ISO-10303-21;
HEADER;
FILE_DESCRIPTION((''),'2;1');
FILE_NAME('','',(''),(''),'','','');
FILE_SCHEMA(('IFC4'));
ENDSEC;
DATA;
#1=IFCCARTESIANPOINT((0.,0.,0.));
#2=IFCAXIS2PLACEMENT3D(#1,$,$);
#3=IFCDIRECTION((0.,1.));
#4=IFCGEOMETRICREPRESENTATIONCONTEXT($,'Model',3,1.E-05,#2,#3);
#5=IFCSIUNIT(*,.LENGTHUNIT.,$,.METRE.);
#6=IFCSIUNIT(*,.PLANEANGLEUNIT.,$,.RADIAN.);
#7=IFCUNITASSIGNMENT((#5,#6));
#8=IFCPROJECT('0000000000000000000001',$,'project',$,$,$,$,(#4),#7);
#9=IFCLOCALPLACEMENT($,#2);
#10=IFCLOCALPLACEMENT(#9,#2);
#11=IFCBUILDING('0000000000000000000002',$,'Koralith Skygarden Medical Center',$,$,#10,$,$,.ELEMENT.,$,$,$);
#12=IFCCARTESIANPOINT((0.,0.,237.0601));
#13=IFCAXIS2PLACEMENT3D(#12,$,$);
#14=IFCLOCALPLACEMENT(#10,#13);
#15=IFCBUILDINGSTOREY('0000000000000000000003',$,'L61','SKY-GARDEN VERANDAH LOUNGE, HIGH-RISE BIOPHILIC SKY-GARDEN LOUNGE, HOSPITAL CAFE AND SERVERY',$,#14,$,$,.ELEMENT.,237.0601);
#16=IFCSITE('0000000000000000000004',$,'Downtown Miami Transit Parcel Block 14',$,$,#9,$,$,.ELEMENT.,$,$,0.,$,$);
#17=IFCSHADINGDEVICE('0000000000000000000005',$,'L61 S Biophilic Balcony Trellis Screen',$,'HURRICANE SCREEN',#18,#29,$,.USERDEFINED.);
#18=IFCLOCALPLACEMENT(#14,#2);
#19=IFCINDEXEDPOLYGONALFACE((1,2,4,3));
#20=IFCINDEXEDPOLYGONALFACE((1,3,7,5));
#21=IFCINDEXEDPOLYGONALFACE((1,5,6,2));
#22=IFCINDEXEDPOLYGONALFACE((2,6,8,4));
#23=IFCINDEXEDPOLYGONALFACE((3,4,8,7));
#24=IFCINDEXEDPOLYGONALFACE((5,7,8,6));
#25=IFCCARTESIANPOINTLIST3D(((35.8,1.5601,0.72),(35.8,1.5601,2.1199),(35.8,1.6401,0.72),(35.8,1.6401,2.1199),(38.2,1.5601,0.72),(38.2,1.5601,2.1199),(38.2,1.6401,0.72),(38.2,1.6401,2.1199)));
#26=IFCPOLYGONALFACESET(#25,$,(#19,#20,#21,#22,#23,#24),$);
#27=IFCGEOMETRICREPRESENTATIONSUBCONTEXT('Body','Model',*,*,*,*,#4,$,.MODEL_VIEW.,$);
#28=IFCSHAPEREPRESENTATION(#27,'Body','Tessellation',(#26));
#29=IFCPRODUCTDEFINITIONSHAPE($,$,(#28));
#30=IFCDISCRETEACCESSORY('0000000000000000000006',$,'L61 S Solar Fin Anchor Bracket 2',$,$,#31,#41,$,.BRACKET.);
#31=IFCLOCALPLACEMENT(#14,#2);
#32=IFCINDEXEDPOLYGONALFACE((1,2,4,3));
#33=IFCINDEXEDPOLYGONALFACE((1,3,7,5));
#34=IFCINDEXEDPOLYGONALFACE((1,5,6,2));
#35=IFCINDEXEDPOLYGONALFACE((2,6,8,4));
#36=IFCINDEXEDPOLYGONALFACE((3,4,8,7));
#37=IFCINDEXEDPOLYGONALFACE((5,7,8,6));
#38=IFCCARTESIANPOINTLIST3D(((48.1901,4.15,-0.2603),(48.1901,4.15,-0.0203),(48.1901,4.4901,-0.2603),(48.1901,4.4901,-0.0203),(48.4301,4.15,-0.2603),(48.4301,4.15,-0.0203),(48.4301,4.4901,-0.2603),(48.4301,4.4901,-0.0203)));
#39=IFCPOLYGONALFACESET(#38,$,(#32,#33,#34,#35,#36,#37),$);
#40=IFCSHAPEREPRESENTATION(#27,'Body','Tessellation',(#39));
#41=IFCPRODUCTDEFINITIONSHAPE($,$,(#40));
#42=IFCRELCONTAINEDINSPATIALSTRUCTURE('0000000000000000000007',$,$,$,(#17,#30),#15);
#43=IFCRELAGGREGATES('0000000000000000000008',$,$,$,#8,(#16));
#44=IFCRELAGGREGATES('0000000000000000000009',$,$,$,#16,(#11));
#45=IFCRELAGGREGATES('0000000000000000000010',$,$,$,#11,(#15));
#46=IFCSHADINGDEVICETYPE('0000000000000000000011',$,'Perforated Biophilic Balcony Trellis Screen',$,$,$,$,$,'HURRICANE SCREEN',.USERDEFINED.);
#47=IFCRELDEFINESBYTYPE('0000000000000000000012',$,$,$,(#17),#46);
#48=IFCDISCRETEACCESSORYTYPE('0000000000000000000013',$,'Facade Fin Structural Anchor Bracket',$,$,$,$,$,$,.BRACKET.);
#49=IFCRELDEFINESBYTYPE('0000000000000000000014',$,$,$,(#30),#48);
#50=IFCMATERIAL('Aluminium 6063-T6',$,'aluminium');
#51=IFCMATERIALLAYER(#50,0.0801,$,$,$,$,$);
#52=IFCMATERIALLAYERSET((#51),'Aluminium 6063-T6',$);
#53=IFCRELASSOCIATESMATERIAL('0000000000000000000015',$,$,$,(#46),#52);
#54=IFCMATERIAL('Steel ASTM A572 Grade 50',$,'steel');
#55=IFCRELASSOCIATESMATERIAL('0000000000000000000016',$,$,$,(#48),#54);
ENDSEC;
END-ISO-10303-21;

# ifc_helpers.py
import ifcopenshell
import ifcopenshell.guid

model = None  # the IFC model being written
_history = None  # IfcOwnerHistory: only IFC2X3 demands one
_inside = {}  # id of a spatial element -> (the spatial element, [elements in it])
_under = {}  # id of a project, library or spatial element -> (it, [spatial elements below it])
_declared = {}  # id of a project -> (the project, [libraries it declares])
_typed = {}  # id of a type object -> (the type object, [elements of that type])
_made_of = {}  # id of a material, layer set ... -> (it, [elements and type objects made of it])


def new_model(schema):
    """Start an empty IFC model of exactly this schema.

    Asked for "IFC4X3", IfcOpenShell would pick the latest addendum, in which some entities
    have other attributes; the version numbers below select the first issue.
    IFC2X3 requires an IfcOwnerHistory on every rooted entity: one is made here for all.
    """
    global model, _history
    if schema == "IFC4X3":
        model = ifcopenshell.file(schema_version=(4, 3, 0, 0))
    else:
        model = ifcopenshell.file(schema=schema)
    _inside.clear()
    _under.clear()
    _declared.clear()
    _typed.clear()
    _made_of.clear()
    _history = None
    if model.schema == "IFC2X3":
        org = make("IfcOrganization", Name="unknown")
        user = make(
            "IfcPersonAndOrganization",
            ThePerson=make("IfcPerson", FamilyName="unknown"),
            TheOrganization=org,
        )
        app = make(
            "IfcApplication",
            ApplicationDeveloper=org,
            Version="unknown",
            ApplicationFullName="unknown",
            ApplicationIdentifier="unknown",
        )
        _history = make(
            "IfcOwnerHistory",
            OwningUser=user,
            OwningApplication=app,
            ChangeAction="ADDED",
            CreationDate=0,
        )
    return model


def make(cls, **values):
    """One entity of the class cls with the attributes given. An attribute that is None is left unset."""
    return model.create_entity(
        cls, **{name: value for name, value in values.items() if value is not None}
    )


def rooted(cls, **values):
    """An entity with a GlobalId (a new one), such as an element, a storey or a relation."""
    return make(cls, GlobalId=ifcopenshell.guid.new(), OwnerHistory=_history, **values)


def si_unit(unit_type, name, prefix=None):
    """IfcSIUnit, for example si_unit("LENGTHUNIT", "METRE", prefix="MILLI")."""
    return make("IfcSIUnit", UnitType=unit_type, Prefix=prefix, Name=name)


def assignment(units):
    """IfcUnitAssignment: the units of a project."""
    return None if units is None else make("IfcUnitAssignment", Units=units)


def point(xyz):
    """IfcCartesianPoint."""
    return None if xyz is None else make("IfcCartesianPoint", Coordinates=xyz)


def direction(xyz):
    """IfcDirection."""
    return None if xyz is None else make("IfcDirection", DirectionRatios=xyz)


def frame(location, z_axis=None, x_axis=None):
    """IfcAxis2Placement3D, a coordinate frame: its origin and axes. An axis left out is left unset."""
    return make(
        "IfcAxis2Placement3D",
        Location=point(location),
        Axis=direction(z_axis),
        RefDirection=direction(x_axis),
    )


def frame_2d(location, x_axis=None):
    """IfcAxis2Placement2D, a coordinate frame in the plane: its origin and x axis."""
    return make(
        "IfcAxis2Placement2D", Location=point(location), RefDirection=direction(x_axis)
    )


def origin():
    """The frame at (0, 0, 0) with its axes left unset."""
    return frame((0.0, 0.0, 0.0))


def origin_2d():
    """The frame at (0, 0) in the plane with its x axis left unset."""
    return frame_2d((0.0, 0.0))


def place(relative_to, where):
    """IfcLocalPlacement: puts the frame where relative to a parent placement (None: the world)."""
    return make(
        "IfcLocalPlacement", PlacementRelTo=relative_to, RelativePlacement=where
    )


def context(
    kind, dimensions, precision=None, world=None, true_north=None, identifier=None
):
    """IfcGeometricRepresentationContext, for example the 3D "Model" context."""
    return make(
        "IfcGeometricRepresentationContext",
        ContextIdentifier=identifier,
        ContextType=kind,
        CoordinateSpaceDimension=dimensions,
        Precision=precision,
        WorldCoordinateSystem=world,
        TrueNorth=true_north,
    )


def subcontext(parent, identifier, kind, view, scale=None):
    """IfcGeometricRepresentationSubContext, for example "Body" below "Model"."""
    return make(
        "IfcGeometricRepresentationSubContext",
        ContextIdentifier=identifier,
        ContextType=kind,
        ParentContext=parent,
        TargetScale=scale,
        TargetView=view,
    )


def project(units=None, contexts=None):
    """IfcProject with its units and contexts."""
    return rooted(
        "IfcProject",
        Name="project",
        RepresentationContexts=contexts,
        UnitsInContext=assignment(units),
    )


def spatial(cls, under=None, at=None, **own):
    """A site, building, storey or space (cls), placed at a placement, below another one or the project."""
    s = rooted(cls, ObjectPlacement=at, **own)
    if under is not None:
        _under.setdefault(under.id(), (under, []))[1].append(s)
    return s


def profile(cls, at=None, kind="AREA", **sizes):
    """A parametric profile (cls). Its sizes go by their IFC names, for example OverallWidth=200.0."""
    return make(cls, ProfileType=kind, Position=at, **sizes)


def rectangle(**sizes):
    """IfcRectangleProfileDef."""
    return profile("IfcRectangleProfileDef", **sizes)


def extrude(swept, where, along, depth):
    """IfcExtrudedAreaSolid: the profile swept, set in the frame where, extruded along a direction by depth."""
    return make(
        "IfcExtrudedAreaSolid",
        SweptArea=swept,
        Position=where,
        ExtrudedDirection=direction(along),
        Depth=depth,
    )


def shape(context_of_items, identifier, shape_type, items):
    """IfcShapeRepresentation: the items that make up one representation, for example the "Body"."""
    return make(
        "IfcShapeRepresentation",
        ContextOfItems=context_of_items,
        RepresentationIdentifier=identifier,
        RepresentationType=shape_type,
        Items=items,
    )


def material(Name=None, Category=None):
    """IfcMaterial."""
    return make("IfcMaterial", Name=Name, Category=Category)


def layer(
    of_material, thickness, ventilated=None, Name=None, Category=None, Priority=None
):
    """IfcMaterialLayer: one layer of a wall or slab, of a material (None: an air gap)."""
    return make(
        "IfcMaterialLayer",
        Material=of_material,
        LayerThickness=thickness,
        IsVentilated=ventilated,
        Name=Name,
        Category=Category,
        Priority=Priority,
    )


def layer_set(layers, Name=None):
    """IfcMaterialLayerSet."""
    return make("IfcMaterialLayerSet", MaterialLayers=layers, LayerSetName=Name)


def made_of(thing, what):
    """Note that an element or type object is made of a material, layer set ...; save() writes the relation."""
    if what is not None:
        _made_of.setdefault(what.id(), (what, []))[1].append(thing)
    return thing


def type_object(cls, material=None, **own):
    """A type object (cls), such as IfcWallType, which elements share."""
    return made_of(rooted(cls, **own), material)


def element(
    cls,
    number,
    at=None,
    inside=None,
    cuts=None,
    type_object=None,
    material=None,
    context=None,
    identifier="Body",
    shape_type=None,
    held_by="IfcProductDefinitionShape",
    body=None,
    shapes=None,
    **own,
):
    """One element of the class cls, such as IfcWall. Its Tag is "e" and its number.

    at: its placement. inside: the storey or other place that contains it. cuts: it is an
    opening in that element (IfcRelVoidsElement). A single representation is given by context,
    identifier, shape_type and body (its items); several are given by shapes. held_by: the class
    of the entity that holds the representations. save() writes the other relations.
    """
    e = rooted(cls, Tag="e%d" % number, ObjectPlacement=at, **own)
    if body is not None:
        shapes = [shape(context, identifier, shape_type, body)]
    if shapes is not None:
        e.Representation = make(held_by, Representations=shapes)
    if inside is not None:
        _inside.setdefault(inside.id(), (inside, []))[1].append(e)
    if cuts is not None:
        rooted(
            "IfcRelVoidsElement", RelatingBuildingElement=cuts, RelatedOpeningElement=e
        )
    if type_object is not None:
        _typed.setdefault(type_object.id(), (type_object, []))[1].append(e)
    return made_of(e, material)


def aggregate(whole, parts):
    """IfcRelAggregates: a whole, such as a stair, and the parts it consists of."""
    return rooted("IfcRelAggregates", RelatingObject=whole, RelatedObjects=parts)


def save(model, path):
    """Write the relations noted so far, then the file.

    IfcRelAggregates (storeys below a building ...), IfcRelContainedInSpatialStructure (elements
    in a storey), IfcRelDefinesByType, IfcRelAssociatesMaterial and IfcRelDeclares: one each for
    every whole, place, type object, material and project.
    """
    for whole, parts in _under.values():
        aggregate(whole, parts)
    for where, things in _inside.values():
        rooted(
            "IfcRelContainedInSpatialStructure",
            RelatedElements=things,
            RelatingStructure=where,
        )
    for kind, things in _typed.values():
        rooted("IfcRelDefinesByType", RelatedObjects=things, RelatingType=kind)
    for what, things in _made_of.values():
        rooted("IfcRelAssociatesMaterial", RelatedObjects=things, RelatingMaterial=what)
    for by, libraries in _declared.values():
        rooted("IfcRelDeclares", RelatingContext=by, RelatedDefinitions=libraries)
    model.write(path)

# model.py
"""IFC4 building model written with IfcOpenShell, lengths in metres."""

from ifc_helpers import new_model, si_unit, direction, frame, origin, origin_2d, place, context, subcontext, project, spatial, rectangle, extrude, material, layer, layer_set, type_object, element, save


model = new_model("IFC4")

# Units and contexts
model_context = context("Model", 3, precision=1e-05, world=origin(), true_north=direction((0.0, 1.0)))
body_context = subcontext(model_context, "Body", "Model", "MODEL_VIEW")
ifc_project = project(units=[si_unit("LENGTHUNIT", "METRE"), si_unit("PLANEANGLEUNIT", "RADIAN")], contexts=[model_context])

# Site, building, storey
site_placement = place(None, origin())
site = spatial("IfcSite", under=ifc_project, at=site_placement, Name="Downtown Miami Transit Parcel Block 14", CompositionType="ELEMENT", RefElevation=0.0)
building_placement = place(site_placement, origin())
building = spatial("IfcBuilding", under=site, at=building_placement, Name="Koralith Skygarden Medical Center", CompositionType="ELEMENT")
storey_placement = place(building_placement, frame((0.0, 0.0, 237.0601)))
storey = spatial("IfcBuildingStorey", under=building, at=storey_placement, Name="L61", Description="SKY-GARDEN VERANDAH LOUNGE, HIGH-RISE BIOPHILIC SKY-GARDEN LOUNGE, HOSPITAL CAFE AND SERVERY", CompositionType="ELEMENT", Elevation=237.0601)

# Shared definitions
ifc_material_1 = material(Name="Aluminium 6063-T6", Category="aluminium")

# Shading device
ifc_layer_1 = layer(ifc_material_1, 0.0801)
ifc_layer_set_1 = layer_set([ifc_layer_1], Name="Aluminium 6063-T6")
shading_device_type_1 = type_object("IfcShadingDeviceType", Name="Perforated Biophilic Balcony Trellis Screen", ElementType="HURRICANE SCREEN", PredefinedType="USERDEFINED", material=ifc_layer_set_1)
shading_device_1_placement = place(storey_placement, frame((37.0, 1.6001, 0.72), z_axis=(0.0, 0.0, 1.0), x_axis=(1.0, 0.0, 0.0)))
element("IfcShadingDevice", 1, at=shading_device_1_placement, inside=storey, type_object=shading_device_type_1, Name="L61 S Biophilic Balcony Trellis Screen", ObjectType="HURRICANE SCREEN", PredefinedType="USERDEFINED", context=body_context, shape_type="SweptSolid", body=[
    extrude(rectangle(XDim=2.3999, YDim=0.0801, at=origin_2d()), origin(), (0.0, 0.0, 1.0), 1.3999),
])

# Discrete accessory
ifc_material_2 = material(Name="Steel ASTM A572 Grade 50", Category="steel")
discrete_accessory_type = type_object("IfcDiscreteAccessoryType", Name="Facade Fin Structural Anchor Bracket", PredefinedType="BRACKET", material=ifc_material_2)
discrete_accessory_placement = place(storey_placement, frame((48.3101, 4.3201, -0.2603), z_axis=(0.0, 0.0, 1.0), x_axis=(0.0, -1.0, 0.0)))
element("IfcDiscreteAccessory", 2, at=discrete_accessory_placement, inside=storey, type_object=discrete_accessory_type, Name="L61 S Solar Fin Anchor Bracket 2", PredefinedType="BRACKET", context=body_context, shape_type="SweptSolid", body=[
    extrude(rectangle(XDim=0.3401, YDim=0.24, at=origin_2d()), origin(), (0.0, 0.0, 1.0), 0.24),
])

save(model, "model.ifc")
